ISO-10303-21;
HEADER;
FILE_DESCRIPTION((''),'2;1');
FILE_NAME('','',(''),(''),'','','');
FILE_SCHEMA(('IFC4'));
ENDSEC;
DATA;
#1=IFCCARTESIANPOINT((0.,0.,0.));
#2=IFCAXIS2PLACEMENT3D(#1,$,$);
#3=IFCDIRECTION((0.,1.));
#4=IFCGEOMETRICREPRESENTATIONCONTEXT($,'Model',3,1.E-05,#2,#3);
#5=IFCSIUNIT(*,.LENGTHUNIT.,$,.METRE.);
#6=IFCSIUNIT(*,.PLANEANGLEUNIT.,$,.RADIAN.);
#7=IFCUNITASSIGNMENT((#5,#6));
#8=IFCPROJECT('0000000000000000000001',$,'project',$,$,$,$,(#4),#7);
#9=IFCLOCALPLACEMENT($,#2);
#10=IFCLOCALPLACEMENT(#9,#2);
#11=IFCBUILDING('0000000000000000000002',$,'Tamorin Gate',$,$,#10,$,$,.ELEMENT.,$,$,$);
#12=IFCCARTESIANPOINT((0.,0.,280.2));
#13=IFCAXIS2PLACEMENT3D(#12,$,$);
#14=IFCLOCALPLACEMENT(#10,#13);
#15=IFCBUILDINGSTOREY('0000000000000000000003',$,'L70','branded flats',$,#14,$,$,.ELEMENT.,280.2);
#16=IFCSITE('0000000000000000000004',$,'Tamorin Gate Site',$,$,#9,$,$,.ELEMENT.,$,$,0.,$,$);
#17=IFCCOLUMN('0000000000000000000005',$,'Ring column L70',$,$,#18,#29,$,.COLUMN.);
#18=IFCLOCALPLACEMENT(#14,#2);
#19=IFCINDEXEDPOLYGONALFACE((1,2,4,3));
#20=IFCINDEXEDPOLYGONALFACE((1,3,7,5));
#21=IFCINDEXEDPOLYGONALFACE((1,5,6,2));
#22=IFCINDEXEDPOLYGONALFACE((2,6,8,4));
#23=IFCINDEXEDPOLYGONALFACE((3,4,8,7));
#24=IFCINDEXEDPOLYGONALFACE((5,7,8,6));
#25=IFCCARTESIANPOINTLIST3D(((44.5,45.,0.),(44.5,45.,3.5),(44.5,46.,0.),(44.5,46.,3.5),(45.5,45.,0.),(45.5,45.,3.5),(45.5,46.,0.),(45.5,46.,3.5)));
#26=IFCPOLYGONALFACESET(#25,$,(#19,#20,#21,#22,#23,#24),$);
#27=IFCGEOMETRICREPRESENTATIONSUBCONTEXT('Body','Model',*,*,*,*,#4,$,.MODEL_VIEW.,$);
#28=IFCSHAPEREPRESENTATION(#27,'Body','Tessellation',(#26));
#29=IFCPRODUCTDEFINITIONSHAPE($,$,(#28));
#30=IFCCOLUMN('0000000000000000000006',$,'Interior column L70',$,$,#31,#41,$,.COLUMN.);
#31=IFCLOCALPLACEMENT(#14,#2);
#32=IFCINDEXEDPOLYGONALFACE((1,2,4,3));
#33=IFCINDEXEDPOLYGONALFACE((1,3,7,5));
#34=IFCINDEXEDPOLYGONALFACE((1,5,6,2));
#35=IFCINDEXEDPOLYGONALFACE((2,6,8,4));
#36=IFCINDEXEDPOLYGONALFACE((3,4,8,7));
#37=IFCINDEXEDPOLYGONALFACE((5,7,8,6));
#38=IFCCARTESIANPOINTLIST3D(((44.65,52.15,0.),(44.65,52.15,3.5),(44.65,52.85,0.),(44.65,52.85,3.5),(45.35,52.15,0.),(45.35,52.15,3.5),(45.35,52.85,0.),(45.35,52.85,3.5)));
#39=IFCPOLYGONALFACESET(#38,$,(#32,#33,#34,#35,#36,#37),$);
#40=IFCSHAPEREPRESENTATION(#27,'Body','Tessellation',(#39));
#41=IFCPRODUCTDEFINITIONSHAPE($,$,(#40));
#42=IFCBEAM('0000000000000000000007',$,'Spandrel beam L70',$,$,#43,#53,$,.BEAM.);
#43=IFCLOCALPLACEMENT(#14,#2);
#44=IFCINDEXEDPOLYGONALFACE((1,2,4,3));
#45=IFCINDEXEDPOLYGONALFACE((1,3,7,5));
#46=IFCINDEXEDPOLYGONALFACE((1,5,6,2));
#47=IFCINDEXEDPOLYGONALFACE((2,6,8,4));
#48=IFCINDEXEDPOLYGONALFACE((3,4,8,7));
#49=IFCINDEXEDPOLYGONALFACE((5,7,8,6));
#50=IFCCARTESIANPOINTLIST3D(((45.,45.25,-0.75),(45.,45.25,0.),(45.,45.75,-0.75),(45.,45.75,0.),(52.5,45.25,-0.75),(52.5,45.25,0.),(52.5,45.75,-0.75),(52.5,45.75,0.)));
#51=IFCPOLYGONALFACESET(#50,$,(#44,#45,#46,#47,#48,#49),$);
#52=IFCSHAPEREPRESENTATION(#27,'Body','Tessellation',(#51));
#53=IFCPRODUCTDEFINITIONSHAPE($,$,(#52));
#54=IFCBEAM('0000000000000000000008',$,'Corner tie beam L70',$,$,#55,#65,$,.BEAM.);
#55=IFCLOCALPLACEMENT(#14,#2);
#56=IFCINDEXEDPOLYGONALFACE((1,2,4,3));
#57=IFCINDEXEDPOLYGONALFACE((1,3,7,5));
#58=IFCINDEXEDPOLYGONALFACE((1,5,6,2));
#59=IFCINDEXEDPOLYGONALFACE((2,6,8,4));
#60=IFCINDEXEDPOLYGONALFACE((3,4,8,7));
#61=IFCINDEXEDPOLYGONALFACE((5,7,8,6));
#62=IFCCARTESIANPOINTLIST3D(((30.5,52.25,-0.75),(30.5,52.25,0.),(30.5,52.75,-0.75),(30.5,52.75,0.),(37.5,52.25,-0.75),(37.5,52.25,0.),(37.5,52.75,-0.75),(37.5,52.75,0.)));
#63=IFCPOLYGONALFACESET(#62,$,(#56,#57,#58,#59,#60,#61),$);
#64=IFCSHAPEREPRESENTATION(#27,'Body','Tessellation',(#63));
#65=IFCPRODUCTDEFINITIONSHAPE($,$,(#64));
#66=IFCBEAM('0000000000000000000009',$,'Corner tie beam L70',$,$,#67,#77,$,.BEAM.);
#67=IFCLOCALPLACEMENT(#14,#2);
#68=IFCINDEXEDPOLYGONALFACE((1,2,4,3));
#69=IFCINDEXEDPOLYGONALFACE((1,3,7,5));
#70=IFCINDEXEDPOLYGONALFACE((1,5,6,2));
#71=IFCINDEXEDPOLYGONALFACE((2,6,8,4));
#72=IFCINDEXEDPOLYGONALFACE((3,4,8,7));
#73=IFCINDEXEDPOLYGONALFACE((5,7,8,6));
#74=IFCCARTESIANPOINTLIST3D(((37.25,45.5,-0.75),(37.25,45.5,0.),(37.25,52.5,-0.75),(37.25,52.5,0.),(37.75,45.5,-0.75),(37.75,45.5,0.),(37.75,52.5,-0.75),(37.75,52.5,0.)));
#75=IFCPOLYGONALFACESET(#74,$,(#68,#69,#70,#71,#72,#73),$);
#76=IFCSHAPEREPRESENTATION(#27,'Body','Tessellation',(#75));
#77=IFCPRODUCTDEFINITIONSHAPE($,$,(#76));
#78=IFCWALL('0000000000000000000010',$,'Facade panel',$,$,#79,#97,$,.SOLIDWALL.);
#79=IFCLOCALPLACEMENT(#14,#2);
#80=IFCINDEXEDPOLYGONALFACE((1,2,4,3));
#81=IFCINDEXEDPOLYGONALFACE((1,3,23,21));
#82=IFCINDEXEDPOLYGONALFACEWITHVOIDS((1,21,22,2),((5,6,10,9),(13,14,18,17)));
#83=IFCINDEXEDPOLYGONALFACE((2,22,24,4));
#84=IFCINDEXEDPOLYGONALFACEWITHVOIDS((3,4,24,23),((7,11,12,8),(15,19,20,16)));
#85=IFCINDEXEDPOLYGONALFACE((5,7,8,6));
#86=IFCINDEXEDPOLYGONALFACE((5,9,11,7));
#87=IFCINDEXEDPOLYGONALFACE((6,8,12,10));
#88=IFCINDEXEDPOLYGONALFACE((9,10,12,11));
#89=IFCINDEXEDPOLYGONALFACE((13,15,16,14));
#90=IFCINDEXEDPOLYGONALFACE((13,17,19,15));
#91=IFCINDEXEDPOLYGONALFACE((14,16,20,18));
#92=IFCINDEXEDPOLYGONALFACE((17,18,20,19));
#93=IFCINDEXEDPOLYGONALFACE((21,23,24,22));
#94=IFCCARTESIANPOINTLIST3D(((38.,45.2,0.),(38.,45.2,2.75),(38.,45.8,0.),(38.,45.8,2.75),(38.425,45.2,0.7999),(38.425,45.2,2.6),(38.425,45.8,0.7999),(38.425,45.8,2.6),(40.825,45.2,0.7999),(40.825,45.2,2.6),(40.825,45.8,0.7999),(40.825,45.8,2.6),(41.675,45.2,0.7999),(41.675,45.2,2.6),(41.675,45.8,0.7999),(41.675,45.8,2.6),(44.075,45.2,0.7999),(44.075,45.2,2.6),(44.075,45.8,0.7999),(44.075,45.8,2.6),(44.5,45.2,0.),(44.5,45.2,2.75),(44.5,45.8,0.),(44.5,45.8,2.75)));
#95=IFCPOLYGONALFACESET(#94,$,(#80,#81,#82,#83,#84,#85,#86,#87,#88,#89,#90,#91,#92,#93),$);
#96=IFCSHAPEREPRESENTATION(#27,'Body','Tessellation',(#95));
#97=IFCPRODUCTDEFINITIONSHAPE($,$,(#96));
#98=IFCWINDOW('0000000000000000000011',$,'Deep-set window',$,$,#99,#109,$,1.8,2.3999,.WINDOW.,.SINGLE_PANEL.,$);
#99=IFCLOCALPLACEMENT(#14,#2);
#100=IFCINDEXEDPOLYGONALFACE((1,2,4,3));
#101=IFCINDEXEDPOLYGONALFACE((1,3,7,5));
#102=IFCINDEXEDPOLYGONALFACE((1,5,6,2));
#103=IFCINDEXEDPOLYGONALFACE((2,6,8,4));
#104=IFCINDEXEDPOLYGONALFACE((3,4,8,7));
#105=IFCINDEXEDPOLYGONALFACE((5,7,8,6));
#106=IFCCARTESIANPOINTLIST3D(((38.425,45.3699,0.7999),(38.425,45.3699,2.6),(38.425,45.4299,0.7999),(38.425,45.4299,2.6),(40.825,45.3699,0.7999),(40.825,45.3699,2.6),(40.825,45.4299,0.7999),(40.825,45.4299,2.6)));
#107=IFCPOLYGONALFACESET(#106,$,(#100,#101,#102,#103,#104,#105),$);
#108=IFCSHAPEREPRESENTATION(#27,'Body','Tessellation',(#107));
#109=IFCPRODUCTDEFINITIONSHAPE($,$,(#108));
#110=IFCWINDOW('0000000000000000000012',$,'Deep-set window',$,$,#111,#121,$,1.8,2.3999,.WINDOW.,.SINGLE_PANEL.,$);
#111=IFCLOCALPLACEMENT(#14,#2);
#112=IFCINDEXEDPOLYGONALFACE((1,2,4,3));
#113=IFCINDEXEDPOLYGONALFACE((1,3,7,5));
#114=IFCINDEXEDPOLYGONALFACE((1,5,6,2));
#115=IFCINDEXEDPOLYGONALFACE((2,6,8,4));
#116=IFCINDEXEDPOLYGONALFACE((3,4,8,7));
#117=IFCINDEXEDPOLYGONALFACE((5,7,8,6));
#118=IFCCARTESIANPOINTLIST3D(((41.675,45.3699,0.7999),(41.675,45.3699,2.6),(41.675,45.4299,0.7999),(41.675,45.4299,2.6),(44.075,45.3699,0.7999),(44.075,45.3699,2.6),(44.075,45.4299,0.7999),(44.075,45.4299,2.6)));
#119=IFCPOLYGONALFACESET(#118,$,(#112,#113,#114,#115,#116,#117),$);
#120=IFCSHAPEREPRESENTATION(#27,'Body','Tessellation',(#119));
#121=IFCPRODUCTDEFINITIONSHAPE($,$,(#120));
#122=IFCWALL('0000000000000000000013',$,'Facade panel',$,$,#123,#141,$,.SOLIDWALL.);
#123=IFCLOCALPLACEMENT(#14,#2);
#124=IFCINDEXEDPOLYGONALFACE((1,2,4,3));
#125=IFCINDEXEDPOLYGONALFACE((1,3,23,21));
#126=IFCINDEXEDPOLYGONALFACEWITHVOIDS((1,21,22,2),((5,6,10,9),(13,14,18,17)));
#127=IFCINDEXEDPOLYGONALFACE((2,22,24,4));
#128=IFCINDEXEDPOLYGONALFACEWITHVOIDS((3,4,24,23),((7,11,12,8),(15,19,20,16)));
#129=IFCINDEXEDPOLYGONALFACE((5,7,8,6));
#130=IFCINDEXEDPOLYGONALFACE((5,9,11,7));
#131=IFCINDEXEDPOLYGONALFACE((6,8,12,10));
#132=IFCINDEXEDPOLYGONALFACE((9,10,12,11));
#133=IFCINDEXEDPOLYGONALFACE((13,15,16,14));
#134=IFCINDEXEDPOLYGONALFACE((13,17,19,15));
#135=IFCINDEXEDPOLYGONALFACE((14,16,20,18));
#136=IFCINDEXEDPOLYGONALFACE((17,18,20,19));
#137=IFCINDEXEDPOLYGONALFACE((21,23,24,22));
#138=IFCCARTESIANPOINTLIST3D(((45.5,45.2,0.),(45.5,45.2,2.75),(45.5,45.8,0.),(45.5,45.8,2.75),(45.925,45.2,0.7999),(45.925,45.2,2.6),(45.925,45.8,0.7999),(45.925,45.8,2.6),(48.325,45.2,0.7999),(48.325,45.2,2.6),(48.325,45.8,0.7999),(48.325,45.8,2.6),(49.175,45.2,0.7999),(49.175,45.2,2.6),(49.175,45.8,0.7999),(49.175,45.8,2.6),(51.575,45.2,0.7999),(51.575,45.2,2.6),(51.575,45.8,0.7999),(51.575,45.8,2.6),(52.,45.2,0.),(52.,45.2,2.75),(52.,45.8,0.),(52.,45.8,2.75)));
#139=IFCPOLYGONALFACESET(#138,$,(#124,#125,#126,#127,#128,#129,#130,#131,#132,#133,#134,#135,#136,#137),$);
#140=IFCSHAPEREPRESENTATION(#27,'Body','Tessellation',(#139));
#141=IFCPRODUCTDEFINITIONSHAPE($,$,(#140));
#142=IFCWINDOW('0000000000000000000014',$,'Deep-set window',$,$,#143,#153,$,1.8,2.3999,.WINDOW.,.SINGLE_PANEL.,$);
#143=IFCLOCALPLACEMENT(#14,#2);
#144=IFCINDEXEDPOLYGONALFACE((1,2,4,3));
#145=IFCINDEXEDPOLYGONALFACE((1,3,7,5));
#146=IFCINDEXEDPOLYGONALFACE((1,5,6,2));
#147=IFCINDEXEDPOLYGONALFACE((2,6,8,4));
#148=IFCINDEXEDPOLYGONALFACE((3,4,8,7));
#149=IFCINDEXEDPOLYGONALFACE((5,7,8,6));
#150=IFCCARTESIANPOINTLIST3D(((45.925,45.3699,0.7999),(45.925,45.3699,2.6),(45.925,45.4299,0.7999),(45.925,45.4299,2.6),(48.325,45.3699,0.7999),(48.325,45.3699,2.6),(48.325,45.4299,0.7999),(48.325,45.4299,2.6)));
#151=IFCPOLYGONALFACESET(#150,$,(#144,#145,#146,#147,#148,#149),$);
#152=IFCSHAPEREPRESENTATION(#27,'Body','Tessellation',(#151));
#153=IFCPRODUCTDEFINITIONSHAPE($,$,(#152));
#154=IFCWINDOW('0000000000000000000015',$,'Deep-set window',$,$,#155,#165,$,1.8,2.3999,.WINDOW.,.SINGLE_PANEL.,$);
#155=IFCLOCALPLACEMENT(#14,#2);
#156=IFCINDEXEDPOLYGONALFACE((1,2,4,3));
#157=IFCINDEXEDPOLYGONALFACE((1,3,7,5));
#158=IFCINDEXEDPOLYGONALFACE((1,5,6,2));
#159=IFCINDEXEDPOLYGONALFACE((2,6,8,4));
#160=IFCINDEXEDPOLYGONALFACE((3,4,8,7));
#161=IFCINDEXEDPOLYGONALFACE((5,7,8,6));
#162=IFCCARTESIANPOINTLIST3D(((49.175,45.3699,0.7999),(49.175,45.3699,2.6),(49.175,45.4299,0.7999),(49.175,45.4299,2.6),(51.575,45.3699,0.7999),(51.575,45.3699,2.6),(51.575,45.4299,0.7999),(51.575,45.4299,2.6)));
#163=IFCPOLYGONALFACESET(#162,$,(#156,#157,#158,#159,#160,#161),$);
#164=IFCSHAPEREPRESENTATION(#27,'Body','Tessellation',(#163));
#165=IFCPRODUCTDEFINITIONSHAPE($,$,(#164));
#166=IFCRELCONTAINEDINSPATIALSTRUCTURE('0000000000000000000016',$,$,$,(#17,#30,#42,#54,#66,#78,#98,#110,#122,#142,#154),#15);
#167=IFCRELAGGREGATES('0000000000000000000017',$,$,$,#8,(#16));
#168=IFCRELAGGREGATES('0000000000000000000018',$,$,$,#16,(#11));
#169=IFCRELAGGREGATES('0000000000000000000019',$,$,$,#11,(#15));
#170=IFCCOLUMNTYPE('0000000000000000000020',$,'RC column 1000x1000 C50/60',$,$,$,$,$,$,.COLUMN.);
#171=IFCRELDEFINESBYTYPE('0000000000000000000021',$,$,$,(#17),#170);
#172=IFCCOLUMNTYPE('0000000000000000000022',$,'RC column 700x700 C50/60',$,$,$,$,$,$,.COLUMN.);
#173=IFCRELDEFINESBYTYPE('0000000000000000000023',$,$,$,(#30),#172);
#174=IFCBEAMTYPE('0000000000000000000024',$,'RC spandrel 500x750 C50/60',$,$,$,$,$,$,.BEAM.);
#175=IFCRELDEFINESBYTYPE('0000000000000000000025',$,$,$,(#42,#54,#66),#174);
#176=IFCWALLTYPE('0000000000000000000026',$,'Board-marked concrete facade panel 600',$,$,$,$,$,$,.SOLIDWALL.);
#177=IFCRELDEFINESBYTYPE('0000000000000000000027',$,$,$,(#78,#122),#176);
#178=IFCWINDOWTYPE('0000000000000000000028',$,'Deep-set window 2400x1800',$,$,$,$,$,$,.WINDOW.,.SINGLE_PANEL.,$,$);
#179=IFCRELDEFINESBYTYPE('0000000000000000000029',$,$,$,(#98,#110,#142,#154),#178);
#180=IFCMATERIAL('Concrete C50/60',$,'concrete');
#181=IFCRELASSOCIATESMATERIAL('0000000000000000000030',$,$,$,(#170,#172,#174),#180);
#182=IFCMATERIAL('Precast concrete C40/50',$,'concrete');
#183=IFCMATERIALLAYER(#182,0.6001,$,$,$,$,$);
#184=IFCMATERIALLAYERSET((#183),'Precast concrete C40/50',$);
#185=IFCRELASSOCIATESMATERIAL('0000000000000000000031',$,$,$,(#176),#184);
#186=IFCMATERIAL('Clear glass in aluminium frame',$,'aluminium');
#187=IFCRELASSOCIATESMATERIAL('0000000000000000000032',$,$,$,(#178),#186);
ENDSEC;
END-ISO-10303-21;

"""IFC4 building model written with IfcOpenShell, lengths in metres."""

from ifc_helpers import new_model, si_unit, direction, frame, frame_2d, origin, origin_2d, place, context, subcontext, project, spatial, rectangle, extrude, material, layer, layer_set, material_profile, profile_set, type_object, element, fill, save


model = new_model("IFC4")

# Units and contexts
model_context = context("Model", 3, precision=1e-05, world=origin(), true_north=direction((0.0, 1.0)))
body_context = subcontext(model_context, "Body", "Model", "MODEL_VIEW")
ifc_project = project(units=[si_unit("LENGTHUNIT", "METRE"), si_unit("PLANEANGLEUNIT", "RADIAN")], contexts=[model_context])

# Site, building, storey
site_placement = place(None, origin())
site = spatial("IfcSite", under=ifc_project, at=site_placement, Name="Tamorin Gate Site", CompositionType="ELEMENT", RefElevation=0.0)
building_placement = place(site_placement, origin())
building = spatial("IfcBuilding", under=site, at=building_placement, Name="Tamorin Gate", CompositionType="ELEMENT")
storey_placement = place(building_placement, frame((0.0, 0.0, 280.2)))
storey = spatial("IfcBuildingStorey", under=building, at=storey_placement, Name="L70", Description="branded flats", CompositionType="ELEMENT", Elevation=280.2)

# Columns
ifc_material_1 = material(Name="Concrete C50/60", Category="concrete")
ifc_material_profile_1 = material_profile(ifc_material_1, rectangle(XDim=1.0, YDim=1.0, at=origin_2d()), Name="RC 1000x1000")
ifc_profile_set_1 = profile_set([ifc_material_profile_1], Name="Concrete C50/60")
column_type_1 = type_object("IfcColumnType", Name="RC column 1000x1000 C50/60", PredefinedType="COLUMN", material=ifc_profile_set_1)
column_1_placement = place(storey_placement, frame((45.0, 45.5, 0.0), z_axis=(0.0, 0.0, 1.0), x_axis=(1.0, 0.0, 0.0)))
element("IfcColumn", 1, at=column_1_placement, inside=storey, type_object=column_type_1, Name="Ring column L70", PredefinedType="COLUMN", context=body_context, shape_type="SweptSolid", body=[
    extrude(rectangle(XDim=1.0, YDim=1.0, at=origin_2d()), origin(), (0.0, 0.0, 1.0), 3.5),
])
ifc_material_profile_2 = material_profile(ifc_material_1, rectangle(XDim=0.7, YDim=0.7, at=origin_2d()), Name="RC 700x700")
ifc_profile_set_2 = profile_set([ifc_material_profile_2], Name="Concrete C50/60")
column_type_2 = type_object("IfcColumnType", Name="RC column 700x700 C50/60", PredefinedType="COLUMN", material=ifc_profile_set_2)
column_2_placement = place(storey_placement, frame((45.0, 52.5, 0.0), z_axis=(0.0, 0.0, 1.0), x_axis=(1.0, 0.0, 0.0)))
element("IfcColumn", 2, at=column_2_placement, inside=storey, type_object=column_type_2, Name="Interior column L70", PredefinedType="COLUMN", context=body_context, shape_type="SweptSolid", body=[
    extrude(rectangle(XDim=0.7, YDim=0.7, at=origin_2d()), origin(), (0.0, 0.0, 1.0), 3.5),
])

# Beams
ifc_material_profile_3 = material_profile(ifc_material_1, rectangle(XDim=0.5, YDim=0.75, at=origin_2d()), Name="RC 500x750")
ifc_profile_set_3 = profile_set([ifc_material_profile_3], Name="Concrete C50/60")
beam_type = type_object("IfcBeamType", Name="RC spandrel 500x750 C50/60", PredefinedType="BEAM", material=ifc_profile_set_3)
beam_placement = place(storey_placement, frame((45.0, 45.5, -0.375), z_axis=(1.0, 0.0, 0.0), x_axis=(0.0, 1.0, 0.0)))
element("IfcBeam", 3, at=beam_placement, inside=storey, type_object=beam_type, Name="Spandrel beam L70", PredefinedType="BEAM", context=body_context, shape_type="SweptSolid", body=[
    extrude(rectangle(XDim=0.5, YDim=0.75, at=origin_2d()), origin(), (0.0, 0.0, 1.0), 7.5),
])
for number, where, z_axis, x_axis, name in (
    (4, (37.5, 52.5, -0.375), (-1.0, 0.0, 0.0), (0.0, -1.0, 0.0), "Corner tie beam L70"),
    (5, (37.5, 52.5, -0.375), (0.0, -1.0, 0.0), (1.0, 0.0, 0.0), "Corner tie beam L70"),
):
    element("IfcBeam", number, at=place(storey_placement, frame(where, z_axis=z_axis, x_axis=x_axis)), inside=storey, type_object=beam_type, Name=name, PredefinedType="BEAM", context=body_context, shape_type="SweptSolid", body=[
        extrude(rectangle(XDim=0.5, YDim=0.75, at=origin_2d()), origin(), (0.0, 0.0, 1.0), 7.0),
    ])

# Walls, openings, windows
ifc_material_2 = material(Name="Precast concrete C40/50", Category="concrete")
ifc_layer_1 = layer(ifc_material_2, 0.6001)
ifc_layer_set_1 = layer_set([ifc_layer_1], Name="Precast concrete C40/50")
wall_type_1 = type_object("IfcWallType", Name="Board-marked concrete facade panel 600", PredefinedType="SOLIDWALL", material=ifc_layer_set_1)
wall_1_placement = place(storey_placement, frame((38.0, 45.5, 0.0), z_axis=(0.0, 0.0, 1.0), x_axis=(1.0, 0.0, 0.0)))
wall_1 = element("IfcWall", 6, at=wall_1_placement, inside=storey, type_object=wall_type_1, Name="Facade panel", PredefinedType="SOLIDWALL", context=body_context, shape_type="SweptSolid", body=[
    extrude(rectangle(XDim=6.5, YDim=0.6001, at=frame_2d((3.25, 0.0))), origin(), (0.0, 0.0, 1.0), 2.75),
])
opening_1_placement = place(wall_1_placement, frame((0.425, 0.0, 0.8)))
opening_1 = element("IfcOpeningElement", 7, at=opening_1_placement, cuts=wall_1, PredefinedType="OPENING", context=body_context, shape_type="SweptSolid", body=[
    extrude(rectangle(XDim=2.3999, YDim=1.8, at=frame_2d((1.2, 0.8999))), frame((0.0, 0.3101, 0.0), z_axis=(0.0, -1.0, 0.0), x_axis=(1.0, 0.0, 0.0)), (0.0, 0.0, 1.0), 0.6201),
])
opening_2_placement = place(wall_1_placement, frame((3.675, 0.0, 0.8)))
opening_2 = element("IfcOpeningElement", 8, at=opening_2_placement, cuts=wall_1, PredefinedType="OPENING", context=body_context, shape_type="SweptSolid", body=[
    extrude(rectangle(XDim=2.3999, YDim=1.8, at=frame_2d((1.2, 0.8999))), frame((0.0, 0.3101, 0.0), z_axis=(0.0, -1.0, 0.0), x_axis=(1.0, 0.0, 0.0)), (0.0, 0.0, 1.0), 0.6201),
])
ifc_material_3 = material(Name="Clear glass in aluminium frame", Category="aluminium")
window_type = type_object("IfcWindowType", Name="Deep-set window 2400x1800", PartitioningType="SINGLE_PANEL", PredefinedType="WINDOW", material=ifc_material_3)
window_1_placement = place(opening_1_placement, origin())
window_1 = element("IfcWindow", 9, at=window_1_placement, inside=storey, type_object=window_type, Name="Deep-set window", OverallHeight=1.8, OverallWidth=2.3999, PartitioningType="SINGLE_PANEL", PredefinedType="WINDOW", context=body_context, shape_type="SweptSolid", body=[
    extrude(rectangle(XDim=2.3999, YDim=1.8, at=frame_2d((1.2, 0.8999))), frame((0.0, -0.0701, 0.0), z_axis=(0.0, -1.0, 0.0), x_axis=(1.0, 0.0, 0.0)), (0.0, 0.0, 1.0), 0.0601),
])
fill(opening_1, window_1)
window_2_placement = place(opening_2_placement, origin())
window_2 = element("IfcWindow", 10, at=window_2_placement, inside=storey, type_object=window_type, Name="Deep-set window", OverallHeight=1.8, OverallWidth=2.3999, PartitioningType="SINGLE_PANEL", PredefinedType="WINDOW", context=body_context, shape_type="SweptSolid", body=[
    extrude(rectangle(XDim=2.3999, YDim=1.8, at=frame_2d((1.2, 0.8999))), frame((0.0, -0.0701, 0.0), z_axis=(0.0, -1.0, 0.0), x_axis=(1.0, 0.0, 0.0)), (0.0, 0.0, 1.0), 0.0601),
])
fill(opening_2, window_2)
wall_2_placement = place(storey_placement, frame((45.5, 45.5, 0.0), z_axis=(0.0, 0.0, 1.0), x_axis=(1.0, 0.0, 0.0)))
wall_2 = element("IfcWall", 11, at=wall_2_placement, inside=storey, type_object=wall_type_1, Name="Facade panel", PredefinedType="SOLIDWALL", context=body_context, shape_type="SweptSolid", body=[
    extrude(rectangle(XDim=6.5, YDim=0.6001, at=frame_2d((3.25, 0.0))), origin(), (0.0, 0.0, 1.0), 2.75),
])
opening_3_placement = place(wall_2_placement, frame((0.425, 0.0, 0.8)))
opening_3 = element("IfcOpeningElement", 12, at=opening_3_placement, cuts=wall_2, PredefinedType="OPENING", context=body_context, shape_type="SweptSolid", body=[
    extrude(rectangle(XDim=2.3999, YDim=1.8, at=frame_2d((1.2, 0.8999))), frame((0.0, 0.3101, 0.0), z_axis=(0.0, -1.0, 0.0), x_axis=(1.0, 0.0, 0.0)), (0.0, 0.0, 1.0), 0.6201),
])
opening_4_placement = place(wall_2_placement, frame((3.675, 0.0, 0.8)))
opening_4 = element("IfcOpeningElement", 13, at=opening_4_placement, cuts=wall_2, PredefinedType="OPENING", context=body_context, shape_type="SweptSolid", body=[
    extrude(rectangle(XDim=2.3999, YDim=1.8, at=frame_2d((1.2, 0.8999))), frame((0.0, 0.3101, 0.0), z_axis=(0.0, -1.0, 0.0), x_axis=(1.0, 0.0, 0.0)), (0.0, 0.0, 1.0), 0.6201),
])
window_3_placement = place(opening_3_placement, origin())
window_3 = element("IfcWindow", 14, at=window_3_placement, inside=storey, type_object=window_type, Name="Deep-set window", OverallHeight=1.8, OverallWidth=2.3999, PartitioningType="SINGLE_PANEL", PredefinedType="WINDOW", context=body_context, shape_type="SweptSolid", body=[
    extrude(rectangle(XDim=2.3999, YDim=1.8, at=frame_2d((1.2, 0.8999))), frame((0.0, -0.0701, 0.0), z_axis=(0.0, -1.0, 0.0), x_axis=(1.0, 0.0, 0.0)), (0.0, 0.0, 1.0), 0.0601),
])
fill(opening_3, window_3)
window_4_placement = place(opening_4_placement, origin())
window_4 = element("IfcWindow", 15, at=window_4_placement, inside=storey, type_object=window_type, Name="Deep-set window", OverallHeight=1.8, OverallWidth=2.3999, PartitioningType="SINGLE_PANEL", PredefinedType="WINDOW", context=body_context, shape_type="SweptSolid", body=[
    extrude(rectangle(XDim=2.3999, YDim=1.8, at=frame_2d((1.2, 0.8999))), frame((0.0, -0.0701, 0.0), z_axis=(0.0, -1.0, 0.0), x_axis=(1.0, 0.0, 0.0)), (0.0, 0.0, 1.0), 0.0601),
])
fill(opening_4, window_4)

save(model, "model.ifc")
